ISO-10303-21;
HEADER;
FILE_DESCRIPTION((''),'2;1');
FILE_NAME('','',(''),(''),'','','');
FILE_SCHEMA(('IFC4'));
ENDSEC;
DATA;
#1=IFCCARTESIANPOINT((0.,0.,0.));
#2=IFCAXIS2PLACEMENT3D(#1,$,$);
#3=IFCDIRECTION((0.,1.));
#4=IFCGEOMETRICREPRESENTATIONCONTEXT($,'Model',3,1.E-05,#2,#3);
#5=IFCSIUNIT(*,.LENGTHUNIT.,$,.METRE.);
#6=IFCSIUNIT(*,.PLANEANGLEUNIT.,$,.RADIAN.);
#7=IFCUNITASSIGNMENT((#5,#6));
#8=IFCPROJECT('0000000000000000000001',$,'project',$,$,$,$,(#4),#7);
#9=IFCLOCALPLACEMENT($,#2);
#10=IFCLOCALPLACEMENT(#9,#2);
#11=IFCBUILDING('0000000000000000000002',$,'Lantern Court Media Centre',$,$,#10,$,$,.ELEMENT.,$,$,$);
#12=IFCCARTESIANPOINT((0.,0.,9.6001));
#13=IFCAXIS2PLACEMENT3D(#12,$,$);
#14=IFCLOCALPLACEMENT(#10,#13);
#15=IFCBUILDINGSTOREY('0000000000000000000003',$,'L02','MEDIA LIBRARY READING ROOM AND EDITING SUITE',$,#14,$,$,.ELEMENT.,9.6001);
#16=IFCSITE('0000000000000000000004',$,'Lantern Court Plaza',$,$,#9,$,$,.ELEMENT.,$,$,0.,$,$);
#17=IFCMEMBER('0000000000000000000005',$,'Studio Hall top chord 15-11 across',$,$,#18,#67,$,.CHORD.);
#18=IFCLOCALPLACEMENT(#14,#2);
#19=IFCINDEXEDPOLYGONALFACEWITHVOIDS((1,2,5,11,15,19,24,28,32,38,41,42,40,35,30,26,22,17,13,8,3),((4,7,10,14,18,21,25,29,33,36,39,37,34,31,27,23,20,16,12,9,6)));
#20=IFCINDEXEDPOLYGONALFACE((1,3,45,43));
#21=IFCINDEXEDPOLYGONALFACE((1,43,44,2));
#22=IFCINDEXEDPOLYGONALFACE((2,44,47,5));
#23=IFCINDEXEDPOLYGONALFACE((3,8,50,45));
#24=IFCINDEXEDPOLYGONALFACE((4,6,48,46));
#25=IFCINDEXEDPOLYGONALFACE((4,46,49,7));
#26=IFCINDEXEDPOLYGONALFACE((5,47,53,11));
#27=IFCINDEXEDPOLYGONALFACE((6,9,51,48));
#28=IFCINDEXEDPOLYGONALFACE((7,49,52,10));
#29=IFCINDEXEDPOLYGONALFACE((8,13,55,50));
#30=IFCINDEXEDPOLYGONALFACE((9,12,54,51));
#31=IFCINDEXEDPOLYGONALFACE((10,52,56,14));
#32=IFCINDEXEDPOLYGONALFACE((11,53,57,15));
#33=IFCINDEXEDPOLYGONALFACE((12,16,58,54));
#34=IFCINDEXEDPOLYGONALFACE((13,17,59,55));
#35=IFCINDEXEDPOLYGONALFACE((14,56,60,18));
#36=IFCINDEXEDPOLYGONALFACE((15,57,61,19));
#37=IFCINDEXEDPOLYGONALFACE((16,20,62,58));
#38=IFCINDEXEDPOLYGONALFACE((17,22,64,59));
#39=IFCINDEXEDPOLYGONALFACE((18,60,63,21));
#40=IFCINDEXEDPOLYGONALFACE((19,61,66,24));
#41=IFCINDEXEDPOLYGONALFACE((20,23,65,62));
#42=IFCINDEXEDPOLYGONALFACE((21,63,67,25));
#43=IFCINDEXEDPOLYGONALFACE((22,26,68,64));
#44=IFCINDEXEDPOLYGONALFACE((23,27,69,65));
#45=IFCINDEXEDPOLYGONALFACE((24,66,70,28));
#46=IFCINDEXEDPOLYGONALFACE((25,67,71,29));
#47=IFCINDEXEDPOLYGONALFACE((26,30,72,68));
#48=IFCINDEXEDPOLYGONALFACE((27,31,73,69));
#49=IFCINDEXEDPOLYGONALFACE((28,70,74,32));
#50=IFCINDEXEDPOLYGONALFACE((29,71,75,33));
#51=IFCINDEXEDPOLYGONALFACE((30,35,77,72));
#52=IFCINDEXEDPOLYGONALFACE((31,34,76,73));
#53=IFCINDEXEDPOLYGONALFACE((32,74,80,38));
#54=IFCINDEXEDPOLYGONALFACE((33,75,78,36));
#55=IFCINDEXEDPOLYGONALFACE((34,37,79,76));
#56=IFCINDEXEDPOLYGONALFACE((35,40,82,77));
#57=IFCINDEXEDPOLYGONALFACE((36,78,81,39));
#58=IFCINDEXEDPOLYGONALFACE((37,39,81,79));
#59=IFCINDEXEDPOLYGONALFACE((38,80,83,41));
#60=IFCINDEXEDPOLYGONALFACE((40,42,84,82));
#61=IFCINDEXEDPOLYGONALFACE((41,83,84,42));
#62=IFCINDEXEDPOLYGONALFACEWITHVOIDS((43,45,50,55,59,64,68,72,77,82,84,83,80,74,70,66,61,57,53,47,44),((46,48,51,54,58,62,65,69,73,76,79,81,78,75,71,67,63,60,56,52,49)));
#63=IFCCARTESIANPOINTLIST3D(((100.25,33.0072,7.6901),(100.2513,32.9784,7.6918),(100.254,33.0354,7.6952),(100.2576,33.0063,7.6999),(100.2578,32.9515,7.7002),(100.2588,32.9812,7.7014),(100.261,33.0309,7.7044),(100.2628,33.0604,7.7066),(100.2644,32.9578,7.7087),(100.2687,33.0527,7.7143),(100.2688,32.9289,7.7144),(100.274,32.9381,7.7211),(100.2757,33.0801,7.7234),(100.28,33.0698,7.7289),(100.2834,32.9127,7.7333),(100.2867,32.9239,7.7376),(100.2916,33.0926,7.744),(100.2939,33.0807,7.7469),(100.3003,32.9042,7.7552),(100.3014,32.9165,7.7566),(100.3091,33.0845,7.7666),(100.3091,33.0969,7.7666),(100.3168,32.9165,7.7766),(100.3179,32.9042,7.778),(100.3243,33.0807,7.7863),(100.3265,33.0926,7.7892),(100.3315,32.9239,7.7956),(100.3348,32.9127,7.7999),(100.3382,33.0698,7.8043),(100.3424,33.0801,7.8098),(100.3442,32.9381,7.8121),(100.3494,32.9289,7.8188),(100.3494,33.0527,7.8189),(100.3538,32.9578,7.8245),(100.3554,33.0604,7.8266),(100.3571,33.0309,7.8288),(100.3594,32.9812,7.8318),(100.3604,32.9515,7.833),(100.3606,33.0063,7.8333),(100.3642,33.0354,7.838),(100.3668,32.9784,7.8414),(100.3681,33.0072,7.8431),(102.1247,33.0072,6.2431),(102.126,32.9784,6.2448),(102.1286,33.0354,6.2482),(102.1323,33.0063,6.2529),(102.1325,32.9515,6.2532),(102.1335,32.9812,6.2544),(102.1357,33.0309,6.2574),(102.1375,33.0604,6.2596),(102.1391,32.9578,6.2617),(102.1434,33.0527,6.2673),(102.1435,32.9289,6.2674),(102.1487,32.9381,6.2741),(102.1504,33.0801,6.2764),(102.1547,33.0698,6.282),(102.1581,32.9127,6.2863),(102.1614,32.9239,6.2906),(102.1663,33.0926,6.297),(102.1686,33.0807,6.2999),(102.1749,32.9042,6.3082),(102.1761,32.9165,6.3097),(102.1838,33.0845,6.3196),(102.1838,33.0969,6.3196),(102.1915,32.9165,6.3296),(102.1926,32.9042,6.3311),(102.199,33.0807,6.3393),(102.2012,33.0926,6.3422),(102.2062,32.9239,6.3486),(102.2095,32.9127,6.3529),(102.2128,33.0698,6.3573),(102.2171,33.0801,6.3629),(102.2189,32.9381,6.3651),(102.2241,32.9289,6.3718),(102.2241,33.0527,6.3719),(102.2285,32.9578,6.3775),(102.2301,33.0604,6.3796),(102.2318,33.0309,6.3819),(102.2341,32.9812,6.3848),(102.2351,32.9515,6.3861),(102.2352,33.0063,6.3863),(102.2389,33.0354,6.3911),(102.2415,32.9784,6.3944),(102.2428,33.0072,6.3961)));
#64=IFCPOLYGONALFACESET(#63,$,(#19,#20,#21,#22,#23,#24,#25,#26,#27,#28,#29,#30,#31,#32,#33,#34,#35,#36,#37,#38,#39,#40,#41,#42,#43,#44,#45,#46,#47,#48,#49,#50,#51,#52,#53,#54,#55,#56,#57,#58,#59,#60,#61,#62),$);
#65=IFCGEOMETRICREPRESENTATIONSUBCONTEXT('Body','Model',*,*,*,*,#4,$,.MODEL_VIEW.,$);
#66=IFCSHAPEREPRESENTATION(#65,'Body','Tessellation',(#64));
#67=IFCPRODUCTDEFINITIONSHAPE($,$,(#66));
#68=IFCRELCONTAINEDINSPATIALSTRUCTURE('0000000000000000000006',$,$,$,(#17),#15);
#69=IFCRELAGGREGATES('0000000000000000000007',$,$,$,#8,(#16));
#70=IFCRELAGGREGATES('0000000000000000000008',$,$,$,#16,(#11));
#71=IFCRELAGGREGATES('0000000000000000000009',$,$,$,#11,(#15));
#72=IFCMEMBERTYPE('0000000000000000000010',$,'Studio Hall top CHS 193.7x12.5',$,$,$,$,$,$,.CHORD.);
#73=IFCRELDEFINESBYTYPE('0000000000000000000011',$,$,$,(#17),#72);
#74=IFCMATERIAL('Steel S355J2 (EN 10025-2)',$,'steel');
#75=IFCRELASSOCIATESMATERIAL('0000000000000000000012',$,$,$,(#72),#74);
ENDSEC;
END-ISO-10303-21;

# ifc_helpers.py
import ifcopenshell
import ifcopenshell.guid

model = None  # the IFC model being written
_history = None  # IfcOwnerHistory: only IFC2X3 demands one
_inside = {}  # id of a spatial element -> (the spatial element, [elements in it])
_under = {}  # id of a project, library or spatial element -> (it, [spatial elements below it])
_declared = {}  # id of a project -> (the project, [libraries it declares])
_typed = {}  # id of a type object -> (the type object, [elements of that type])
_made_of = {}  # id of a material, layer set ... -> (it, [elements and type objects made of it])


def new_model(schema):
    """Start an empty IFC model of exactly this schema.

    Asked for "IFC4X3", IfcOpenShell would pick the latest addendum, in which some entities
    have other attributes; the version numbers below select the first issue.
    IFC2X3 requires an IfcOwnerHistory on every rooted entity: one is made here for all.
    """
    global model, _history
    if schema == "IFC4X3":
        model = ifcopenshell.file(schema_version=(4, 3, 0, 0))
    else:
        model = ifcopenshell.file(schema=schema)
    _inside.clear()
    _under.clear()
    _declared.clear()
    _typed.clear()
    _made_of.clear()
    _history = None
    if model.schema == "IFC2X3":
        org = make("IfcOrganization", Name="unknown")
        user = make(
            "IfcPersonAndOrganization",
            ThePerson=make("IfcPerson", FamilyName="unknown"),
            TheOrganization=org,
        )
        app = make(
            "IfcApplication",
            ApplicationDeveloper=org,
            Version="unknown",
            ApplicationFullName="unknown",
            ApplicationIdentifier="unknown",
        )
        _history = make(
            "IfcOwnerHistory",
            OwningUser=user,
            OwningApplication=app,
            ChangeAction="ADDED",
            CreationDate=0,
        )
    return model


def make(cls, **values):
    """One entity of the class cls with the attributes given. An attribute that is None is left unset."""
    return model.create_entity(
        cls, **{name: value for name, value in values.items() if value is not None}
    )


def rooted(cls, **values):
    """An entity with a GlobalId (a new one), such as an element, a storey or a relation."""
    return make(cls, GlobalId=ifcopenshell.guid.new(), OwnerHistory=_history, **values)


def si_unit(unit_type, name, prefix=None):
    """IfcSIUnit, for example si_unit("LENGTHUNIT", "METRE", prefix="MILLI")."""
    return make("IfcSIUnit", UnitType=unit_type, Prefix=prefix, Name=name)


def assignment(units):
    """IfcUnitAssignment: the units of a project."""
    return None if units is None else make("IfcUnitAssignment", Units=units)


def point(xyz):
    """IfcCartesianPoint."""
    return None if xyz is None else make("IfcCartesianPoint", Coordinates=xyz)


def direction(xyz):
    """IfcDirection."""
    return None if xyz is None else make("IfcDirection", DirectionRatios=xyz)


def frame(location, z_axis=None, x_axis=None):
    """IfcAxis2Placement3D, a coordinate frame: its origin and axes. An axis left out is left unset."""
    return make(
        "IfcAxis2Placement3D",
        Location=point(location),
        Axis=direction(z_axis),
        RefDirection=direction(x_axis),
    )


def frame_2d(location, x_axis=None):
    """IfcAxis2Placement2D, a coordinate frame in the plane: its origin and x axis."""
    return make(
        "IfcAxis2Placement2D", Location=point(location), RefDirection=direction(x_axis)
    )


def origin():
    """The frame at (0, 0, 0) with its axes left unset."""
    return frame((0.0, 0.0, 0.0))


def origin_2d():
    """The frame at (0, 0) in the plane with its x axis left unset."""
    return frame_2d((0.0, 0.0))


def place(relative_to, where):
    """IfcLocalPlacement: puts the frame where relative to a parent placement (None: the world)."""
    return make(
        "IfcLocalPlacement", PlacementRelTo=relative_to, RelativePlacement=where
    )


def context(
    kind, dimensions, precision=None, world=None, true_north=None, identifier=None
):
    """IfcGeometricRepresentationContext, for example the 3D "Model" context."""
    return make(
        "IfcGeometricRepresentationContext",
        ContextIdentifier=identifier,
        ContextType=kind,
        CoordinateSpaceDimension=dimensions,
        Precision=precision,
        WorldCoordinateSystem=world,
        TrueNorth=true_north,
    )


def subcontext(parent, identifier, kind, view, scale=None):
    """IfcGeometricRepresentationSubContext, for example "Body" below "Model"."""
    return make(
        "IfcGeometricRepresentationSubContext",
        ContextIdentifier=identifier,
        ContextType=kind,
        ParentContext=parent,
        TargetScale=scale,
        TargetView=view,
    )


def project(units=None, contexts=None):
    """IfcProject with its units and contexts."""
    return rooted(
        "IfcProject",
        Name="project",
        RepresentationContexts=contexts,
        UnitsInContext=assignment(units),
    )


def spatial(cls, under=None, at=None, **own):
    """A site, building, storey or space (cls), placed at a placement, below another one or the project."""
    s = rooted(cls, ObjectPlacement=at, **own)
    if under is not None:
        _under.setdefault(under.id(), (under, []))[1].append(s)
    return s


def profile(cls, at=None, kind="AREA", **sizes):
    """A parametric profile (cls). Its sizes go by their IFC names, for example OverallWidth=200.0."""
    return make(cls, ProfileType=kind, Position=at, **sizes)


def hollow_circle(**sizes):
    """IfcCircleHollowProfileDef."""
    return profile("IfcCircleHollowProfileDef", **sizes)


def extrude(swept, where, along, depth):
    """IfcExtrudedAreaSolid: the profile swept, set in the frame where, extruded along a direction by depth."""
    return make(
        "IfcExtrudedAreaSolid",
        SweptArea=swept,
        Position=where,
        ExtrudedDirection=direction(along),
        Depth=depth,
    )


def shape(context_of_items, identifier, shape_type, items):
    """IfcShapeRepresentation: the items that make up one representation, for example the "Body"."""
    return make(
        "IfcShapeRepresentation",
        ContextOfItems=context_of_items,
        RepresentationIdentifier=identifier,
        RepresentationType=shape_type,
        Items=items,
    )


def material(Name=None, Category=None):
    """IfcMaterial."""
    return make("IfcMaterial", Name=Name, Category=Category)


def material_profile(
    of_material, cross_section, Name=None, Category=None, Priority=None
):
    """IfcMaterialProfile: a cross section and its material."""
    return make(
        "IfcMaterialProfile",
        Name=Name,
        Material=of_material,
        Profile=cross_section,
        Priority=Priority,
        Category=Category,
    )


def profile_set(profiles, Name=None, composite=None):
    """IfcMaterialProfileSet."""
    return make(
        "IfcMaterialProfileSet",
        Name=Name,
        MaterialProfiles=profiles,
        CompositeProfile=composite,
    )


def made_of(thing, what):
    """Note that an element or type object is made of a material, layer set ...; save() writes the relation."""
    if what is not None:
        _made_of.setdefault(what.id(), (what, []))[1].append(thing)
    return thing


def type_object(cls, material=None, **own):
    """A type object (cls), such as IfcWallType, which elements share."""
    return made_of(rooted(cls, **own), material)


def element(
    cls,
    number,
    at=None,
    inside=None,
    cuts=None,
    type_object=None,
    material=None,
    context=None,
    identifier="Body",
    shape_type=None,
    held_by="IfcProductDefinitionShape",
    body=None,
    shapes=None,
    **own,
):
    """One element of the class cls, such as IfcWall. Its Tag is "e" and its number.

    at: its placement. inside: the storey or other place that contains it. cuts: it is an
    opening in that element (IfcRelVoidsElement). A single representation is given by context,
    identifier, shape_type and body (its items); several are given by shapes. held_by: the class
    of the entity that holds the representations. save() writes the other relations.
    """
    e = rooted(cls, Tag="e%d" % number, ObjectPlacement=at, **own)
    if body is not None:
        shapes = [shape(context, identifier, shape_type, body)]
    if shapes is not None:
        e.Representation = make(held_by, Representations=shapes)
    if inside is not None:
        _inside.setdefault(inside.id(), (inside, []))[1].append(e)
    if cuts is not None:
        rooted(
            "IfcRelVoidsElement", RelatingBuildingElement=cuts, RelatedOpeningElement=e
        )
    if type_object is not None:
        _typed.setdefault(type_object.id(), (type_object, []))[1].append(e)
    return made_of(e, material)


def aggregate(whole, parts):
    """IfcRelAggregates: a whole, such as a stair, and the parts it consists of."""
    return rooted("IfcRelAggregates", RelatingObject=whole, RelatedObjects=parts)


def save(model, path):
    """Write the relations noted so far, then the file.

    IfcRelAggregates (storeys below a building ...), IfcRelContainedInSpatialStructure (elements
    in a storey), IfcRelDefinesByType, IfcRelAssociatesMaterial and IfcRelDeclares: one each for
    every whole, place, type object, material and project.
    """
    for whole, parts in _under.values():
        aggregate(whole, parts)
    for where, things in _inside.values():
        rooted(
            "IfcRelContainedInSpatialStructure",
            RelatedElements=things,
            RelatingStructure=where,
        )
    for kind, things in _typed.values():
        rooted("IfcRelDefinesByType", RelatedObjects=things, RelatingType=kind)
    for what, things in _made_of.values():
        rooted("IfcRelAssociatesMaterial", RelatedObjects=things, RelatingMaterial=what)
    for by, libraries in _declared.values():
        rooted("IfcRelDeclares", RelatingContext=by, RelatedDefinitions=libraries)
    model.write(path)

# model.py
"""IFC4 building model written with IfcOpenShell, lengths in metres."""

from ifc_helpers import new_model, si_unit, direction, frame, origin, origin_2d, place, context, subcontext, project, spatial, hollow_circle, extrude, material, material_profile, profile_set, type_object, element, save


model = new_model("IFC4")

# Units and contexts
model_context = context("Model", 3, precision=1e-05, world=origin(), true_north=direction((0.0, 1.0)))
body_context = subcontext(model_context, "Body", "Model", "MODEL_VIEW")
ifc_project = project(units=[si_unit("LENGTHUNIT", "METRE"), si_unit("PLANEANGLEUNIT", "RADIAN")], contexts=[model_context])

# Site, building, storey
site_placement = place(None, origin())
site = spatial("IfcSite", under=ifc_project, at=site_placement, Name="Lantern Court Plaza", CompositionType="ELEMENT", RefElevation=0.0)
building_placement = place(site_placement, origin())
building = spatial("IfcBuilding", under=site, at=building_placement, Name="Lantern Court Media Centre", CompositionType="ELEMENT")
storey_placement = place(building_placement, frame((0.0, 0.0, 9.6001)))
storey = spatial("IfcBuildingStorey", under=building, at=storey_placement, Name="L02", Description="MEDIA LIBRARY READING ROOM AND EDITING SUITE", CompositionType="ELEMENT", Elevation=9.6001)

# Member
ifc_material = material(Name="Steel S355J2 (EN 10025-2)", Category="steel")
ifc_material_profile_1 = material_profile(ifc_material, hollow_circle(Radius=0.0969, WallThickness=0.0125, at=origin_2d()), Name="Studio Hall top CHS 193.7x12.5")
ifc_profile_set_1 = profile_set([ifc_material_profile_1], Name="Steel S355J2 (EN 10025-2)")
member_type_1 = type_object("IfcMemberType", Name="Studio Hall top CHS 193.7x12.5", PredefinedType="CHORD", material=ifc_profile_set_1)
for number, where, z_axis, x_axis, name in (
    (1, (100.3091, 33.0, 7.7666), (0.791623, 0.0, -0.61101), (0.0, 1.0, 0.0), "Studio Hall top chord 15-11 across"),
):
    element("IfcMember", number, at=place(storey_placement, frame(where, z_axis=z_axis, x_axis=x_axis)), inside=storey, type_object=member_type_1, Name=name, PredefinedType="CHORD", context=body_context, shape_type="SweptSolid", body=[
        extrude(hollow_circle(Radius=0.0969, WallThickness=0.0125, at=origin_2d()), origin(), (0.0, 0.0, 1.0), 2.3682),
    ])

save(model, "model.ifc")
